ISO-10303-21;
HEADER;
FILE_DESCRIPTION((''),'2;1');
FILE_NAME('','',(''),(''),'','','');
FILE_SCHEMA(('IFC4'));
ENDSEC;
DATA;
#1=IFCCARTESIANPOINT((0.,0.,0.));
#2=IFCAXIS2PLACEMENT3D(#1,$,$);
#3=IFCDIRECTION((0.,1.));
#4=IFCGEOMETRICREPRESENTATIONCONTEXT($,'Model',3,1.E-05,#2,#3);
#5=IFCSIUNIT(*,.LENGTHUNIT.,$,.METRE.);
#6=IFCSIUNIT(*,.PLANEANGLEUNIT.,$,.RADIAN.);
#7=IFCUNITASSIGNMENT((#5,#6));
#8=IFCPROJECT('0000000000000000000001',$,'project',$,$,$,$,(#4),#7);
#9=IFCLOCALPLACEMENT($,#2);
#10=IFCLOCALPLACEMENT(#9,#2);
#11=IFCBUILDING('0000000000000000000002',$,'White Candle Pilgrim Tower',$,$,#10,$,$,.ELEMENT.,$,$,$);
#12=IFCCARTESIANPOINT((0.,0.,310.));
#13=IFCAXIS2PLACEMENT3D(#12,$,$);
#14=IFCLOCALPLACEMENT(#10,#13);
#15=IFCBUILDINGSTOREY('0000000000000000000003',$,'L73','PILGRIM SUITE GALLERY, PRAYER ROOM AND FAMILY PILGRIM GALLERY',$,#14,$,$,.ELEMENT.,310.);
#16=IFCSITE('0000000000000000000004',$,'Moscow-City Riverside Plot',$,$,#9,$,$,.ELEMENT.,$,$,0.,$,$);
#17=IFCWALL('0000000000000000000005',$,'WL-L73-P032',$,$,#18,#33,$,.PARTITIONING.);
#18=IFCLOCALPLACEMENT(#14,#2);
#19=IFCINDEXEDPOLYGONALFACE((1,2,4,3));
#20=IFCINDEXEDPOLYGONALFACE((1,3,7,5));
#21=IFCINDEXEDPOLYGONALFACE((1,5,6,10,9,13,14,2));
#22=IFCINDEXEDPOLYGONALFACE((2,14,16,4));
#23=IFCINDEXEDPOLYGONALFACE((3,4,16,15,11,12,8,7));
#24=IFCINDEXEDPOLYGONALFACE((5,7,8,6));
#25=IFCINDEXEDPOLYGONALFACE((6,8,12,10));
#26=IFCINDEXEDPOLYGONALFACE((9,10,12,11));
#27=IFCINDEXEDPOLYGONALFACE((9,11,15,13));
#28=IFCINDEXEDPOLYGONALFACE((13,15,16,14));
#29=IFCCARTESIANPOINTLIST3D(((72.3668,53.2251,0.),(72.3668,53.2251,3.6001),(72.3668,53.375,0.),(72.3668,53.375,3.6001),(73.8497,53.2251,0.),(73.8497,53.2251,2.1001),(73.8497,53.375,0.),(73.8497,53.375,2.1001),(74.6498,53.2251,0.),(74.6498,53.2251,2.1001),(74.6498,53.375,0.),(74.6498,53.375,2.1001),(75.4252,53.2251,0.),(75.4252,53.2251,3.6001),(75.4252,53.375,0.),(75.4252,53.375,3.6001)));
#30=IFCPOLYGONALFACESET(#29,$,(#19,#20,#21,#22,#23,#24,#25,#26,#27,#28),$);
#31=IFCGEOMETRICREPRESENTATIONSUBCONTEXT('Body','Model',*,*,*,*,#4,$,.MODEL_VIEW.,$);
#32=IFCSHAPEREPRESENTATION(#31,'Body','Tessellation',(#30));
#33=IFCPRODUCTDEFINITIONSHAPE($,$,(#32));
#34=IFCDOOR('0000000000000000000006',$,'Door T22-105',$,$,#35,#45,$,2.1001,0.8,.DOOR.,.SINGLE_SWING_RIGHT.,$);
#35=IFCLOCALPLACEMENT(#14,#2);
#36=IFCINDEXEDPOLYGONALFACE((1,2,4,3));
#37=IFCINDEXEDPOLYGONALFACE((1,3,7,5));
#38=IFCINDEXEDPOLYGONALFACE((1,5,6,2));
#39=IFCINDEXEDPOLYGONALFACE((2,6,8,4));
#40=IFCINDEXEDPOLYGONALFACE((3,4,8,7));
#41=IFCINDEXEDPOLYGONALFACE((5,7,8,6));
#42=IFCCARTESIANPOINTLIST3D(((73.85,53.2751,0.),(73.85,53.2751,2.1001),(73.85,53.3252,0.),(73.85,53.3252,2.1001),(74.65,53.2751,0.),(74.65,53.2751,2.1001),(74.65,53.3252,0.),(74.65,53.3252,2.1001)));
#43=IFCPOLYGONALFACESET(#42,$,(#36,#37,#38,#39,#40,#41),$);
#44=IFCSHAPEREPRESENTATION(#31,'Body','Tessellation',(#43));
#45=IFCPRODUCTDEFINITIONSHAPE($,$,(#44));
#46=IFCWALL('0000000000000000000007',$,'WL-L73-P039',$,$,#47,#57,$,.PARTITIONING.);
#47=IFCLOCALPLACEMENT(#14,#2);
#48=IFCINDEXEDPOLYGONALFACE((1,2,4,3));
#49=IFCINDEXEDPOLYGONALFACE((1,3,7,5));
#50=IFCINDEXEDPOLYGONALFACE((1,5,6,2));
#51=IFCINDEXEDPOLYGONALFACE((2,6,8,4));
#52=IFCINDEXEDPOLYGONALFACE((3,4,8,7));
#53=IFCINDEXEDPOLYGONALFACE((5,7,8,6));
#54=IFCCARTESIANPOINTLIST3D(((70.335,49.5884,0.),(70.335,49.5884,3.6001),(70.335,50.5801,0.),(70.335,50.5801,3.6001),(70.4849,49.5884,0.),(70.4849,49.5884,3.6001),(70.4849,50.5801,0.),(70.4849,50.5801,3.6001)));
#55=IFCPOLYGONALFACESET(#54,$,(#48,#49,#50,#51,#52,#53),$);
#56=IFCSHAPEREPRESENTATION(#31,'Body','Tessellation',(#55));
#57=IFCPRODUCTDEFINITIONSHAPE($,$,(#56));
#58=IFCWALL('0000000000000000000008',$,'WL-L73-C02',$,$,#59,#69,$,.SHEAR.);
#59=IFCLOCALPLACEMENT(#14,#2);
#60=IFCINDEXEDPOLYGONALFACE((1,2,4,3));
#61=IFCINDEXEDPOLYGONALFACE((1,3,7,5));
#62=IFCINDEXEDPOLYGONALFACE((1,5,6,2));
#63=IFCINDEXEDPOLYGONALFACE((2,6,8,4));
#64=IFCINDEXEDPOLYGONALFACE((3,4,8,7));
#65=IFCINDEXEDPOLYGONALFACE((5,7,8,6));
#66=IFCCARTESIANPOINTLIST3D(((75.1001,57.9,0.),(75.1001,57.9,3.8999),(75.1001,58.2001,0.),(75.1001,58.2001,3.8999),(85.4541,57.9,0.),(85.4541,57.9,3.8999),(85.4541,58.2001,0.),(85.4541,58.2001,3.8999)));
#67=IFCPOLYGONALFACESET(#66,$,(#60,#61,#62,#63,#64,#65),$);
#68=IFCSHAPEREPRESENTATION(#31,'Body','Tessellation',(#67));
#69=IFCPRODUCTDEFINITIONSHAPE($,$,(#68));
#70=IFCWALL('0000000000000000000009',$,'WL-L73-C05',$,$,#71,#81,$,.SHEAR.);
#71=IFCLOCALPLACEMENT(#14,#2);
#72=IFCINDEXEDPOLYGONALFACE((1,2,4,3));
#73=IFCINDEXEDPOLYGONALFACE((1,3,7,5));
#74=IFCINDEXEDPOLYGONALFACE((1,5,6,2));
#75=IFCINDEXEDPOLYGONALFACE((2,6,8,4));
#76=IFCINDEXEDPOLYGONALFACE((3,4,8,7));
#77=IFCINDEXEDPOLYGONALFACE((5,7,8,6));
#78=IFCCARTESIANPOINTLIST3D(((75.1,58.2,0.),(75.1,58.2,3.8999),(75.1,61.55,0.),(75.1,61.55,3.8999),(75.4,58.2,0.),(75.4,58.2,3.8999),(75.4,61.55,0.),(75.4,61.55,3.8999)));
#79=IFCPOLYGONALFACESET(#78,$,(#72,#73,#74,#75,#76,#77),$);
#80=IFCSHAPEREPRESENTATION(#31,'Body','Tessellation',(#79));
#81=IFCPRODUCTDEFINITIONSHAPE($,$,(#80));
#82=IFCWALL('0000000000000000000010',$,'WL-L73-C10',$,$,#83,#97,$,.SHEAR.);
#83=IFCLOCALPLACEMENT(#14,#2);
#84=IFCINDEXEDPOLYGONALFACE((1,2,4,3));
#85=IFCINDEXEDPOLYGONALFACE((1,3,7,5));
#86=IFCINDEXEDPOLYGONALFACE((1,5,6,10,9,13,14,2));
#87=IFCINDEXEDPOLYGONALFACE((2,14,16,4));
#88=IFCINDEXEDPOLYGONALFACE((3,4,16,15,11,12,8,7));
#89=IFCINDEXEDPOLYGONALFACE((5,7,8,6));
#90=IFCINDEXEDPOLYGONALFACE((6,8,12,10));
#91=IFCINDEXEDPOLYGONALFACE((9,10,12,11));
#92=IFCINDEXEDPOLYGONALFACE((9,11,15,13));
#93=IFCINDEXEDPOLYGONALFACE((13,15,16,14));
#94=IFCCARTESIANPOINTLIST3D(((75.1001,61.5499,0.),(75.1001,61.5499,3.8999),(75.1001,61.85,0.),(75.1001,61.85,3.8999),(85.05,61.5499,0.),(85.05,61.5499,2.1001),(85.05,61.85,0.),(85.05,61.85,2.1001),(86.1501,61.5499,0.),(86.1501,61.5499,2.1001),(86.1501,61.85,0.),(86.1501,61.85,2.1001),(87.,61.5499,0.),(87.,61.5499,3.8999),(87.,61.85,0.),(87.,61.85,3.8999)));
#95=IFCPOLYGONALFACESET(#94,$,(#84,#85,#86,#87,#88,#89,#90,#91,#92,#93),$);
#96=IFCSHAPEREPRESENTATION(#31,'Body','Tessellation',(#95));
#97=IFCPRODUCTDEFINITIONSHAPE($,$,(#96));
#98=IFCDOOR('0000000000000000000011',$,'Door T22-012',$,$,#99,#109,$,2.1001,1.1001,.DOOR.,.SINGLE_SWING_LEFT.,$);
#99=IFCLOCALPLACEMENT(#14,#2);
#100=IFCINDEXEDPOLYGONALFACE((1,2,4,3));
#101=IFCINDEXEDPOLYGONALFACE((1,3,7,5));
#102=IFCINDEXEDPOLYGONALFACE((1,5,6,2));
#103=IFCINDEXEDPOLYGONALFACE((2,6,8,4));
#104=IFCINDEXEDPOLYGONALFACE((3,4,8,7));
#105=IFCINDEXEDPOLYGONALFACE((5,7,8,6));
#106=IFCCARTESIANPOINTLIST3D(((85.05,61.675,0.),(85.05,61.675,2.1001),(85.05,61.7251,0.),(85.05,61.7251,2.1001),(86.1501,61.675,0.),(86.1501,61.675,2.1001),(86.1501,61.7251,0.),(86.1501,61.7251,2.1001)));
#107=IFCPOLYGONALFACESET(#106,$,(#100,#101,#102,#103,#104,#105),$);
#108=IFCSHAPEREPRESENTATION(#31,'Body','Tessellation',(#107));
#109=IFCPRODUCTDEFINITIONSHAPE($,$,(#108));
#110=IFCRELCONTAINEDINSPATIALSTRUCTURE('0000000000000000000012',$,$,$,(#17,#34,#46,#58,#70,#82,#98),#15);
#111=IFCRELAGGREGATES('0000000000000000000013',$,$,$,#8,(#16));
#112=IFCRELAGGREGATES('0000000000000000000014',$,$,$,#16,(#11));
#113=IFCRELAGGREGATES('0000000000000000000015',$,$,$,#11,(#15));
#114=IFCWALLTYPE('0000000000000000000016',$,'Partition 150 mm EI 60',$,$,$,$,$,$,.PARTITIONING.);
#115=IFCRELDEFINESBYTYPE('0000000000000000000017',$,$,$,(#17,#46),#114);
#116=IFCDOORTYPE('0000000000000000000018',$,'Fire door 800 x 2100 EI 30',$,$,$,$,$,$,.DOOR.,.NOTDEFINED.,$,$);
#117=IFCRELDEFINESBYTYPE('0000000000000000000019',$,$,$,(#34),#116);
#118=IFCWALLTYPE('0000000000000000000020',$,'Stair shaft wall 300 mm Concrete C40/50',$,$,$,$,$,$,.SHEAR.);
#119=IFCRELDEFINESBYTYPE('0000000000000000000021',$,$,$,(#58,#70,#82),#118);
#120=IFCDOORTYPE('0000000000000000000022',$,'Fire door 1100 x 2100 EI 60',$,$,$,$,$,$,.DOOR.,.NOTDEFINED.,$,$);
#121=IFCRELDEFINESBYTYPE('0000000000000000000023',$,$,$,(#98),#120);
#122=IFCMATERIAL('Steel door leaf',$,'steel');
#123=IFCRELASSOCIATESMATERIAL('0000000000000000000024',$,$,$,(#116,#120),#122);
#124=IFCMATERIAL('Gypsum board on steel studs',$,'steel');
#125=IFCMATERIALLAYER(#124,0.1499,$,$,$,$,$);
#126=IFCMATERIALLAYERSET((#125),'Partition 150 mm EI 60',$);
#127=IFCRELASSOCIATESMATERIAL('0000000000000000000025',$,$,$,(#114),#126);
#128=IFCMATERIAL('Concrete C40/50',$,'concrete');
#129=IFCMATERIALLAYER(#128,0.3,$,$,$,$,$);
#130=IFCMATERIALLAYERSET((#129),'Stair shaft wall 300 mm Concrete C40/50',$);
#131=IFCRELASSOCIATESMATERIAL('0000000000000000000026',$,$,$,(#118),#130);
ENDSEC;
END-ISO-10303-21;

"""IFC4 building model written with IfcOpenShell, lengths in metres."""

from ifc_helpers import new_model, si_unit, direction, frame, frame_2d, origin, place, context, subcontext, project, spatial, rectangle, extrude, material, layer, layer_set, type_object, element, fill, save


model = new_model("IFC4")

# Units and contexts
model_context = context("Model", 3, precision=1e-05, world=origin(), true_north=direction((0.0, 1.0)))
body_context = subcontext(model_context, "Body", "Model", "MODEL_VIEW")
ifc_project = project(units=[si_unit("LENGTHUNIT", "METRE"), si_unit("PLANEANGLEUNIT", "RADIAN")], contexts=[model_context])

# Site, building, storey
site_placement = place(None, origin())
site = spatial("IfcSite", under=ifc_project, at=site_placement, Name="Moscow-City Riverside Plot", CompositionType="ELEMENT", RefElevation=0.0)
building_placement = place(site_placement, origin())
building = spatial("IfcBuilding", under=site, at=building_placement, Name="White Candle Pilgrim Tower", CompositionType="ELEMENT")
storey_placement = place(building_placement, frame((0.0, 0.0, 310.0)))
storey = spatial("IfcBuildingStorey", under=building, at=storey_placement, Name="L73", Description="PILGRIM SUITE GALLERY, PRAYER ROOM AND FAMILY PILGRIM GALLERY", CompositionType="ELEMENT", Elevation=310.0)

# Shared definitions
ifc_material_1 = material(Name="Gypsum board on steel studs", Category="steel")

# Shared definitions
ifc_material_2 = material(Name="Steel door leaf", Category="steel")
door_type_1 = type_object("IfcDoorType", Name="Fire door 800 x 2100 EI 30", OperationType="NOTDEFINED", PredefinedType="DOOR", material=ifc_material_2)

# Shared definitions
ifc_layer_1 = layer(ifc_material_1, 0.1499)
ifc_layer_set_1 = layer_set([ifc_layer_1], Name="Partition 150 mm EI 60")
wall_type_1 = type_object("IfcWallType", Name="Partition 150 mm EI 60", PredefinedType="PARTITIONING", material=ifc_layer_set_1)

# Wall, opening, door
wall_1_placement = place(storey_placement, frame((72.3667, 53.3, 0.0), z_axis=(0.0, 0.0, 1.0), x_axis=(1.0, 0.0, 0.0)))
wall_1 = element("IfcWall", 1, at=wall_1_placement, inside=storey, type_object=wall_type_1, Name="WL-L73-P032", PredefinedType="PARTITIONING", context=body_context, shape_type="SweptSolid", body=[
    extrude(rectangle(XDim=3.0583, YDim=0.1499, at=frame_2d((1.5293, 0.0))), origin(), (0.0, 0.0, 1.0), 3.6001),
])
opening_1_placement = place(wall_1_placement, frame((1.4832, 0.0, 0.0)))
opening_1 = element("IfcOpeningElement", 2, at=opening_1_placement, cuts=wall_1, PredefinedType="OPENING", context=body_context, shape_type="SweptSolid", body=[
    extrude(rectangle(XDim=0.8, YDim=2.1001, at=frame_2d((0.3999, 1.05))), frame((0.0, 0.085, 0.0), z_axis=(0.0, -1.0, 0.0), x_axis=(1.0, 0.0, 0.0)), (0.0, 0.0, 1.0), 0.1699),
])
door_1_placement = place(opening_1_placement, frame((0.8, 0.0, 0.0), z_axis=(0.0, 0.0, 1.0), x_axis=(-1.0, 0.0, 0.0)))
door_1 = element("IfcDoor", 3, at=door_1_placement, inside=storey, type_object=door_type_1, Name="Door T22-105", OperationType="SINGLE_SWING_RIGHT", OverallHeight=2.1001, OverallWidth=0.8, PredefinedType="DOOR", context=body_context, shape_type="SweptSolid", body=[
    extrude(rectangle(XDim=0.8, YDim=2.1001, at=frame_2d((0.3999, 1.05))), frame((0.0, 0.0249, 0.0), z_axis=(0.0, -1.0, 0.0), x_axis=(1.0, 0.0, 0.0)), (0.0, 0.0, 1.0), 0.05),
])
fill(opening_1, door_1)

# Walls
wall_2_placement = place(storey_placement, frame((70.4099, 50.5801, 0.0), z_axis=(0.0, 0.0, 1.0), x_axis=(0.0, -1.0, 0.0)))
element("IfcWall", 4, at=wall_2_placement, inside=storey, type_object=wall_type_1, Name="WL-L73-P039", PredefinedType="PARTITIONING", context=body_context, shape_type="SweptSolid", body=[
    extrude(rectangle(XDim=0.9917, YDim=0.1499, at=frame_2d((0.4958, 0.0))), origin(), (0.0, 0.0, 1.0), 3.6001),
])
ifc_material_3 = material(Name="Concrete C40/50", Category="concrete")
ifc_layer_2 = layer(ifc_material_3, 0.3)
ifc_layer_set_2 = layer_set([ifc_layer_2], Name="Stair shaft wall 300 mm Concrete C40/50")
wall_type_2 = type_object("IfcWallType", Name="Stair shaft wall 300 mm Concrete C40/50", PredefinedType="SHEAR", material=ifc_layer_set_2)
wall_3_placement = place(storey_placement, frame((75.1001, 58.05, 0.0), z_axis=(0.0, 0.0, 1.0), x_axis=(1.0, 0.0, 0.0)))
element("IfcWall", 5, at=wall_3_placement, inside=storey, type_object=wall_type_2, Name="WL-L73-C02", PredefinedType="SHEAR", context=body_context, shape_type="SweptSolid", body=[
    extrude(rectangle(XDim=10.354, YDim=0.3, at=frame_2d((5.177, 0.0))), origin(), (0.0, 0.0, 1.0), 3.8999),
])
wall_4_placement = place(storey_placement, frame((75.25, 58.2, 0.0), z_axis=(0.0, 0.0, 1.0), x_axis=(0.0, 1.0, 0.0)))
element("IfcWall", 6, at=wall_4_placement, inside=storey, type_object=wall_type_2, Name="WL-L73-C05", PredefinedType="SHEAR", context=body_context, shape_type="SweptSolid", body=[
    extrude(rectangle(XDim=3.3501, YDim=0.3, at=frame_2d((1.675, 0.0))), origin(), (0.0, 0.0, 1.0), 3.8999),
])

# Wall, opening, door
wall_5_placement = place(storey_placement, frame((75.1001, 61.7, 0.0), z_axis=(0.0, 0.0, 1.0), x_axis=(1.0, 0.0, 0.0)))
wall_5 = element("IfcWall", 7, at=wall_5_placement, inside=storey, type_object=wall_type_2, Name="WL-L73-C10", PredefinedType="SHEAR", context=body_context, shape_type="SweptSolid", body=[
    extrude(rectangle(XDim=11.8999, YDim=0.3, at=frame_2d((5.95, 0.0))), origin(), (0.0, 0.0, 1.0), 3.8999),
])
opening_2_placement = place(wall_5_placement, frame((9.95, 0.0, 0.0)))
opening_2 = element("IfcOpeningElement", 8, at=opening_2_placement, cuts=wall_5, PredefinedType="OPENING", context=body_context, shape_type="SweptSolid", body=[
    extrude(rectangle(XDim=1.1001, YDim=2.1001, at=frame_2d((0.55, 1.05))), frame((0.0, 0.1599, 0.0), z_axis=(0.0, -1.0, 0.0), x_axis=(1.0, 0.0, 0.0)), (0.0, 0.0, 1.0), 0.3201),
])
door_type_2 = type_object("IfcDoorType", Name="Fire door 1100 x 2100 EI 60", OperationType="NOTDEFINED", PredefinedType="DOOR", material=ifc_material_2)
door_2_placement = place(opening_2_placement, frame((1.1001, 0.0, 0.0), z_axis=(0.0, 0.0, 1.0), x_axis=(-1.0, 0.0, 0.0)))
door_2 = element("IfcDoor", 9, at=door_2_placement, inside=storey, type_object=door_type_2, Name="Door T22-012", OperationType="SINGLE_SWING_LEFT", OverallHeight=2.1001, OverallWidth=1.1001, PredefinedType="DOOR", context=body_context, shape_type="SweptSolid", body=[
    extrude(rectangle(XDim=1.1001, YDim=2.1001, at=frame_2d((0.55, 1.05))), frame((0.0, 0.0249, 0.0), z_axis=(0.0, -1.0, 0.0), x_axis=(1.0, 0.0, 0.0)), (0.0, 0.0, 1.0), 0.05),
])
fill(opening_2, door_2)

save(model, "model.ifc")
